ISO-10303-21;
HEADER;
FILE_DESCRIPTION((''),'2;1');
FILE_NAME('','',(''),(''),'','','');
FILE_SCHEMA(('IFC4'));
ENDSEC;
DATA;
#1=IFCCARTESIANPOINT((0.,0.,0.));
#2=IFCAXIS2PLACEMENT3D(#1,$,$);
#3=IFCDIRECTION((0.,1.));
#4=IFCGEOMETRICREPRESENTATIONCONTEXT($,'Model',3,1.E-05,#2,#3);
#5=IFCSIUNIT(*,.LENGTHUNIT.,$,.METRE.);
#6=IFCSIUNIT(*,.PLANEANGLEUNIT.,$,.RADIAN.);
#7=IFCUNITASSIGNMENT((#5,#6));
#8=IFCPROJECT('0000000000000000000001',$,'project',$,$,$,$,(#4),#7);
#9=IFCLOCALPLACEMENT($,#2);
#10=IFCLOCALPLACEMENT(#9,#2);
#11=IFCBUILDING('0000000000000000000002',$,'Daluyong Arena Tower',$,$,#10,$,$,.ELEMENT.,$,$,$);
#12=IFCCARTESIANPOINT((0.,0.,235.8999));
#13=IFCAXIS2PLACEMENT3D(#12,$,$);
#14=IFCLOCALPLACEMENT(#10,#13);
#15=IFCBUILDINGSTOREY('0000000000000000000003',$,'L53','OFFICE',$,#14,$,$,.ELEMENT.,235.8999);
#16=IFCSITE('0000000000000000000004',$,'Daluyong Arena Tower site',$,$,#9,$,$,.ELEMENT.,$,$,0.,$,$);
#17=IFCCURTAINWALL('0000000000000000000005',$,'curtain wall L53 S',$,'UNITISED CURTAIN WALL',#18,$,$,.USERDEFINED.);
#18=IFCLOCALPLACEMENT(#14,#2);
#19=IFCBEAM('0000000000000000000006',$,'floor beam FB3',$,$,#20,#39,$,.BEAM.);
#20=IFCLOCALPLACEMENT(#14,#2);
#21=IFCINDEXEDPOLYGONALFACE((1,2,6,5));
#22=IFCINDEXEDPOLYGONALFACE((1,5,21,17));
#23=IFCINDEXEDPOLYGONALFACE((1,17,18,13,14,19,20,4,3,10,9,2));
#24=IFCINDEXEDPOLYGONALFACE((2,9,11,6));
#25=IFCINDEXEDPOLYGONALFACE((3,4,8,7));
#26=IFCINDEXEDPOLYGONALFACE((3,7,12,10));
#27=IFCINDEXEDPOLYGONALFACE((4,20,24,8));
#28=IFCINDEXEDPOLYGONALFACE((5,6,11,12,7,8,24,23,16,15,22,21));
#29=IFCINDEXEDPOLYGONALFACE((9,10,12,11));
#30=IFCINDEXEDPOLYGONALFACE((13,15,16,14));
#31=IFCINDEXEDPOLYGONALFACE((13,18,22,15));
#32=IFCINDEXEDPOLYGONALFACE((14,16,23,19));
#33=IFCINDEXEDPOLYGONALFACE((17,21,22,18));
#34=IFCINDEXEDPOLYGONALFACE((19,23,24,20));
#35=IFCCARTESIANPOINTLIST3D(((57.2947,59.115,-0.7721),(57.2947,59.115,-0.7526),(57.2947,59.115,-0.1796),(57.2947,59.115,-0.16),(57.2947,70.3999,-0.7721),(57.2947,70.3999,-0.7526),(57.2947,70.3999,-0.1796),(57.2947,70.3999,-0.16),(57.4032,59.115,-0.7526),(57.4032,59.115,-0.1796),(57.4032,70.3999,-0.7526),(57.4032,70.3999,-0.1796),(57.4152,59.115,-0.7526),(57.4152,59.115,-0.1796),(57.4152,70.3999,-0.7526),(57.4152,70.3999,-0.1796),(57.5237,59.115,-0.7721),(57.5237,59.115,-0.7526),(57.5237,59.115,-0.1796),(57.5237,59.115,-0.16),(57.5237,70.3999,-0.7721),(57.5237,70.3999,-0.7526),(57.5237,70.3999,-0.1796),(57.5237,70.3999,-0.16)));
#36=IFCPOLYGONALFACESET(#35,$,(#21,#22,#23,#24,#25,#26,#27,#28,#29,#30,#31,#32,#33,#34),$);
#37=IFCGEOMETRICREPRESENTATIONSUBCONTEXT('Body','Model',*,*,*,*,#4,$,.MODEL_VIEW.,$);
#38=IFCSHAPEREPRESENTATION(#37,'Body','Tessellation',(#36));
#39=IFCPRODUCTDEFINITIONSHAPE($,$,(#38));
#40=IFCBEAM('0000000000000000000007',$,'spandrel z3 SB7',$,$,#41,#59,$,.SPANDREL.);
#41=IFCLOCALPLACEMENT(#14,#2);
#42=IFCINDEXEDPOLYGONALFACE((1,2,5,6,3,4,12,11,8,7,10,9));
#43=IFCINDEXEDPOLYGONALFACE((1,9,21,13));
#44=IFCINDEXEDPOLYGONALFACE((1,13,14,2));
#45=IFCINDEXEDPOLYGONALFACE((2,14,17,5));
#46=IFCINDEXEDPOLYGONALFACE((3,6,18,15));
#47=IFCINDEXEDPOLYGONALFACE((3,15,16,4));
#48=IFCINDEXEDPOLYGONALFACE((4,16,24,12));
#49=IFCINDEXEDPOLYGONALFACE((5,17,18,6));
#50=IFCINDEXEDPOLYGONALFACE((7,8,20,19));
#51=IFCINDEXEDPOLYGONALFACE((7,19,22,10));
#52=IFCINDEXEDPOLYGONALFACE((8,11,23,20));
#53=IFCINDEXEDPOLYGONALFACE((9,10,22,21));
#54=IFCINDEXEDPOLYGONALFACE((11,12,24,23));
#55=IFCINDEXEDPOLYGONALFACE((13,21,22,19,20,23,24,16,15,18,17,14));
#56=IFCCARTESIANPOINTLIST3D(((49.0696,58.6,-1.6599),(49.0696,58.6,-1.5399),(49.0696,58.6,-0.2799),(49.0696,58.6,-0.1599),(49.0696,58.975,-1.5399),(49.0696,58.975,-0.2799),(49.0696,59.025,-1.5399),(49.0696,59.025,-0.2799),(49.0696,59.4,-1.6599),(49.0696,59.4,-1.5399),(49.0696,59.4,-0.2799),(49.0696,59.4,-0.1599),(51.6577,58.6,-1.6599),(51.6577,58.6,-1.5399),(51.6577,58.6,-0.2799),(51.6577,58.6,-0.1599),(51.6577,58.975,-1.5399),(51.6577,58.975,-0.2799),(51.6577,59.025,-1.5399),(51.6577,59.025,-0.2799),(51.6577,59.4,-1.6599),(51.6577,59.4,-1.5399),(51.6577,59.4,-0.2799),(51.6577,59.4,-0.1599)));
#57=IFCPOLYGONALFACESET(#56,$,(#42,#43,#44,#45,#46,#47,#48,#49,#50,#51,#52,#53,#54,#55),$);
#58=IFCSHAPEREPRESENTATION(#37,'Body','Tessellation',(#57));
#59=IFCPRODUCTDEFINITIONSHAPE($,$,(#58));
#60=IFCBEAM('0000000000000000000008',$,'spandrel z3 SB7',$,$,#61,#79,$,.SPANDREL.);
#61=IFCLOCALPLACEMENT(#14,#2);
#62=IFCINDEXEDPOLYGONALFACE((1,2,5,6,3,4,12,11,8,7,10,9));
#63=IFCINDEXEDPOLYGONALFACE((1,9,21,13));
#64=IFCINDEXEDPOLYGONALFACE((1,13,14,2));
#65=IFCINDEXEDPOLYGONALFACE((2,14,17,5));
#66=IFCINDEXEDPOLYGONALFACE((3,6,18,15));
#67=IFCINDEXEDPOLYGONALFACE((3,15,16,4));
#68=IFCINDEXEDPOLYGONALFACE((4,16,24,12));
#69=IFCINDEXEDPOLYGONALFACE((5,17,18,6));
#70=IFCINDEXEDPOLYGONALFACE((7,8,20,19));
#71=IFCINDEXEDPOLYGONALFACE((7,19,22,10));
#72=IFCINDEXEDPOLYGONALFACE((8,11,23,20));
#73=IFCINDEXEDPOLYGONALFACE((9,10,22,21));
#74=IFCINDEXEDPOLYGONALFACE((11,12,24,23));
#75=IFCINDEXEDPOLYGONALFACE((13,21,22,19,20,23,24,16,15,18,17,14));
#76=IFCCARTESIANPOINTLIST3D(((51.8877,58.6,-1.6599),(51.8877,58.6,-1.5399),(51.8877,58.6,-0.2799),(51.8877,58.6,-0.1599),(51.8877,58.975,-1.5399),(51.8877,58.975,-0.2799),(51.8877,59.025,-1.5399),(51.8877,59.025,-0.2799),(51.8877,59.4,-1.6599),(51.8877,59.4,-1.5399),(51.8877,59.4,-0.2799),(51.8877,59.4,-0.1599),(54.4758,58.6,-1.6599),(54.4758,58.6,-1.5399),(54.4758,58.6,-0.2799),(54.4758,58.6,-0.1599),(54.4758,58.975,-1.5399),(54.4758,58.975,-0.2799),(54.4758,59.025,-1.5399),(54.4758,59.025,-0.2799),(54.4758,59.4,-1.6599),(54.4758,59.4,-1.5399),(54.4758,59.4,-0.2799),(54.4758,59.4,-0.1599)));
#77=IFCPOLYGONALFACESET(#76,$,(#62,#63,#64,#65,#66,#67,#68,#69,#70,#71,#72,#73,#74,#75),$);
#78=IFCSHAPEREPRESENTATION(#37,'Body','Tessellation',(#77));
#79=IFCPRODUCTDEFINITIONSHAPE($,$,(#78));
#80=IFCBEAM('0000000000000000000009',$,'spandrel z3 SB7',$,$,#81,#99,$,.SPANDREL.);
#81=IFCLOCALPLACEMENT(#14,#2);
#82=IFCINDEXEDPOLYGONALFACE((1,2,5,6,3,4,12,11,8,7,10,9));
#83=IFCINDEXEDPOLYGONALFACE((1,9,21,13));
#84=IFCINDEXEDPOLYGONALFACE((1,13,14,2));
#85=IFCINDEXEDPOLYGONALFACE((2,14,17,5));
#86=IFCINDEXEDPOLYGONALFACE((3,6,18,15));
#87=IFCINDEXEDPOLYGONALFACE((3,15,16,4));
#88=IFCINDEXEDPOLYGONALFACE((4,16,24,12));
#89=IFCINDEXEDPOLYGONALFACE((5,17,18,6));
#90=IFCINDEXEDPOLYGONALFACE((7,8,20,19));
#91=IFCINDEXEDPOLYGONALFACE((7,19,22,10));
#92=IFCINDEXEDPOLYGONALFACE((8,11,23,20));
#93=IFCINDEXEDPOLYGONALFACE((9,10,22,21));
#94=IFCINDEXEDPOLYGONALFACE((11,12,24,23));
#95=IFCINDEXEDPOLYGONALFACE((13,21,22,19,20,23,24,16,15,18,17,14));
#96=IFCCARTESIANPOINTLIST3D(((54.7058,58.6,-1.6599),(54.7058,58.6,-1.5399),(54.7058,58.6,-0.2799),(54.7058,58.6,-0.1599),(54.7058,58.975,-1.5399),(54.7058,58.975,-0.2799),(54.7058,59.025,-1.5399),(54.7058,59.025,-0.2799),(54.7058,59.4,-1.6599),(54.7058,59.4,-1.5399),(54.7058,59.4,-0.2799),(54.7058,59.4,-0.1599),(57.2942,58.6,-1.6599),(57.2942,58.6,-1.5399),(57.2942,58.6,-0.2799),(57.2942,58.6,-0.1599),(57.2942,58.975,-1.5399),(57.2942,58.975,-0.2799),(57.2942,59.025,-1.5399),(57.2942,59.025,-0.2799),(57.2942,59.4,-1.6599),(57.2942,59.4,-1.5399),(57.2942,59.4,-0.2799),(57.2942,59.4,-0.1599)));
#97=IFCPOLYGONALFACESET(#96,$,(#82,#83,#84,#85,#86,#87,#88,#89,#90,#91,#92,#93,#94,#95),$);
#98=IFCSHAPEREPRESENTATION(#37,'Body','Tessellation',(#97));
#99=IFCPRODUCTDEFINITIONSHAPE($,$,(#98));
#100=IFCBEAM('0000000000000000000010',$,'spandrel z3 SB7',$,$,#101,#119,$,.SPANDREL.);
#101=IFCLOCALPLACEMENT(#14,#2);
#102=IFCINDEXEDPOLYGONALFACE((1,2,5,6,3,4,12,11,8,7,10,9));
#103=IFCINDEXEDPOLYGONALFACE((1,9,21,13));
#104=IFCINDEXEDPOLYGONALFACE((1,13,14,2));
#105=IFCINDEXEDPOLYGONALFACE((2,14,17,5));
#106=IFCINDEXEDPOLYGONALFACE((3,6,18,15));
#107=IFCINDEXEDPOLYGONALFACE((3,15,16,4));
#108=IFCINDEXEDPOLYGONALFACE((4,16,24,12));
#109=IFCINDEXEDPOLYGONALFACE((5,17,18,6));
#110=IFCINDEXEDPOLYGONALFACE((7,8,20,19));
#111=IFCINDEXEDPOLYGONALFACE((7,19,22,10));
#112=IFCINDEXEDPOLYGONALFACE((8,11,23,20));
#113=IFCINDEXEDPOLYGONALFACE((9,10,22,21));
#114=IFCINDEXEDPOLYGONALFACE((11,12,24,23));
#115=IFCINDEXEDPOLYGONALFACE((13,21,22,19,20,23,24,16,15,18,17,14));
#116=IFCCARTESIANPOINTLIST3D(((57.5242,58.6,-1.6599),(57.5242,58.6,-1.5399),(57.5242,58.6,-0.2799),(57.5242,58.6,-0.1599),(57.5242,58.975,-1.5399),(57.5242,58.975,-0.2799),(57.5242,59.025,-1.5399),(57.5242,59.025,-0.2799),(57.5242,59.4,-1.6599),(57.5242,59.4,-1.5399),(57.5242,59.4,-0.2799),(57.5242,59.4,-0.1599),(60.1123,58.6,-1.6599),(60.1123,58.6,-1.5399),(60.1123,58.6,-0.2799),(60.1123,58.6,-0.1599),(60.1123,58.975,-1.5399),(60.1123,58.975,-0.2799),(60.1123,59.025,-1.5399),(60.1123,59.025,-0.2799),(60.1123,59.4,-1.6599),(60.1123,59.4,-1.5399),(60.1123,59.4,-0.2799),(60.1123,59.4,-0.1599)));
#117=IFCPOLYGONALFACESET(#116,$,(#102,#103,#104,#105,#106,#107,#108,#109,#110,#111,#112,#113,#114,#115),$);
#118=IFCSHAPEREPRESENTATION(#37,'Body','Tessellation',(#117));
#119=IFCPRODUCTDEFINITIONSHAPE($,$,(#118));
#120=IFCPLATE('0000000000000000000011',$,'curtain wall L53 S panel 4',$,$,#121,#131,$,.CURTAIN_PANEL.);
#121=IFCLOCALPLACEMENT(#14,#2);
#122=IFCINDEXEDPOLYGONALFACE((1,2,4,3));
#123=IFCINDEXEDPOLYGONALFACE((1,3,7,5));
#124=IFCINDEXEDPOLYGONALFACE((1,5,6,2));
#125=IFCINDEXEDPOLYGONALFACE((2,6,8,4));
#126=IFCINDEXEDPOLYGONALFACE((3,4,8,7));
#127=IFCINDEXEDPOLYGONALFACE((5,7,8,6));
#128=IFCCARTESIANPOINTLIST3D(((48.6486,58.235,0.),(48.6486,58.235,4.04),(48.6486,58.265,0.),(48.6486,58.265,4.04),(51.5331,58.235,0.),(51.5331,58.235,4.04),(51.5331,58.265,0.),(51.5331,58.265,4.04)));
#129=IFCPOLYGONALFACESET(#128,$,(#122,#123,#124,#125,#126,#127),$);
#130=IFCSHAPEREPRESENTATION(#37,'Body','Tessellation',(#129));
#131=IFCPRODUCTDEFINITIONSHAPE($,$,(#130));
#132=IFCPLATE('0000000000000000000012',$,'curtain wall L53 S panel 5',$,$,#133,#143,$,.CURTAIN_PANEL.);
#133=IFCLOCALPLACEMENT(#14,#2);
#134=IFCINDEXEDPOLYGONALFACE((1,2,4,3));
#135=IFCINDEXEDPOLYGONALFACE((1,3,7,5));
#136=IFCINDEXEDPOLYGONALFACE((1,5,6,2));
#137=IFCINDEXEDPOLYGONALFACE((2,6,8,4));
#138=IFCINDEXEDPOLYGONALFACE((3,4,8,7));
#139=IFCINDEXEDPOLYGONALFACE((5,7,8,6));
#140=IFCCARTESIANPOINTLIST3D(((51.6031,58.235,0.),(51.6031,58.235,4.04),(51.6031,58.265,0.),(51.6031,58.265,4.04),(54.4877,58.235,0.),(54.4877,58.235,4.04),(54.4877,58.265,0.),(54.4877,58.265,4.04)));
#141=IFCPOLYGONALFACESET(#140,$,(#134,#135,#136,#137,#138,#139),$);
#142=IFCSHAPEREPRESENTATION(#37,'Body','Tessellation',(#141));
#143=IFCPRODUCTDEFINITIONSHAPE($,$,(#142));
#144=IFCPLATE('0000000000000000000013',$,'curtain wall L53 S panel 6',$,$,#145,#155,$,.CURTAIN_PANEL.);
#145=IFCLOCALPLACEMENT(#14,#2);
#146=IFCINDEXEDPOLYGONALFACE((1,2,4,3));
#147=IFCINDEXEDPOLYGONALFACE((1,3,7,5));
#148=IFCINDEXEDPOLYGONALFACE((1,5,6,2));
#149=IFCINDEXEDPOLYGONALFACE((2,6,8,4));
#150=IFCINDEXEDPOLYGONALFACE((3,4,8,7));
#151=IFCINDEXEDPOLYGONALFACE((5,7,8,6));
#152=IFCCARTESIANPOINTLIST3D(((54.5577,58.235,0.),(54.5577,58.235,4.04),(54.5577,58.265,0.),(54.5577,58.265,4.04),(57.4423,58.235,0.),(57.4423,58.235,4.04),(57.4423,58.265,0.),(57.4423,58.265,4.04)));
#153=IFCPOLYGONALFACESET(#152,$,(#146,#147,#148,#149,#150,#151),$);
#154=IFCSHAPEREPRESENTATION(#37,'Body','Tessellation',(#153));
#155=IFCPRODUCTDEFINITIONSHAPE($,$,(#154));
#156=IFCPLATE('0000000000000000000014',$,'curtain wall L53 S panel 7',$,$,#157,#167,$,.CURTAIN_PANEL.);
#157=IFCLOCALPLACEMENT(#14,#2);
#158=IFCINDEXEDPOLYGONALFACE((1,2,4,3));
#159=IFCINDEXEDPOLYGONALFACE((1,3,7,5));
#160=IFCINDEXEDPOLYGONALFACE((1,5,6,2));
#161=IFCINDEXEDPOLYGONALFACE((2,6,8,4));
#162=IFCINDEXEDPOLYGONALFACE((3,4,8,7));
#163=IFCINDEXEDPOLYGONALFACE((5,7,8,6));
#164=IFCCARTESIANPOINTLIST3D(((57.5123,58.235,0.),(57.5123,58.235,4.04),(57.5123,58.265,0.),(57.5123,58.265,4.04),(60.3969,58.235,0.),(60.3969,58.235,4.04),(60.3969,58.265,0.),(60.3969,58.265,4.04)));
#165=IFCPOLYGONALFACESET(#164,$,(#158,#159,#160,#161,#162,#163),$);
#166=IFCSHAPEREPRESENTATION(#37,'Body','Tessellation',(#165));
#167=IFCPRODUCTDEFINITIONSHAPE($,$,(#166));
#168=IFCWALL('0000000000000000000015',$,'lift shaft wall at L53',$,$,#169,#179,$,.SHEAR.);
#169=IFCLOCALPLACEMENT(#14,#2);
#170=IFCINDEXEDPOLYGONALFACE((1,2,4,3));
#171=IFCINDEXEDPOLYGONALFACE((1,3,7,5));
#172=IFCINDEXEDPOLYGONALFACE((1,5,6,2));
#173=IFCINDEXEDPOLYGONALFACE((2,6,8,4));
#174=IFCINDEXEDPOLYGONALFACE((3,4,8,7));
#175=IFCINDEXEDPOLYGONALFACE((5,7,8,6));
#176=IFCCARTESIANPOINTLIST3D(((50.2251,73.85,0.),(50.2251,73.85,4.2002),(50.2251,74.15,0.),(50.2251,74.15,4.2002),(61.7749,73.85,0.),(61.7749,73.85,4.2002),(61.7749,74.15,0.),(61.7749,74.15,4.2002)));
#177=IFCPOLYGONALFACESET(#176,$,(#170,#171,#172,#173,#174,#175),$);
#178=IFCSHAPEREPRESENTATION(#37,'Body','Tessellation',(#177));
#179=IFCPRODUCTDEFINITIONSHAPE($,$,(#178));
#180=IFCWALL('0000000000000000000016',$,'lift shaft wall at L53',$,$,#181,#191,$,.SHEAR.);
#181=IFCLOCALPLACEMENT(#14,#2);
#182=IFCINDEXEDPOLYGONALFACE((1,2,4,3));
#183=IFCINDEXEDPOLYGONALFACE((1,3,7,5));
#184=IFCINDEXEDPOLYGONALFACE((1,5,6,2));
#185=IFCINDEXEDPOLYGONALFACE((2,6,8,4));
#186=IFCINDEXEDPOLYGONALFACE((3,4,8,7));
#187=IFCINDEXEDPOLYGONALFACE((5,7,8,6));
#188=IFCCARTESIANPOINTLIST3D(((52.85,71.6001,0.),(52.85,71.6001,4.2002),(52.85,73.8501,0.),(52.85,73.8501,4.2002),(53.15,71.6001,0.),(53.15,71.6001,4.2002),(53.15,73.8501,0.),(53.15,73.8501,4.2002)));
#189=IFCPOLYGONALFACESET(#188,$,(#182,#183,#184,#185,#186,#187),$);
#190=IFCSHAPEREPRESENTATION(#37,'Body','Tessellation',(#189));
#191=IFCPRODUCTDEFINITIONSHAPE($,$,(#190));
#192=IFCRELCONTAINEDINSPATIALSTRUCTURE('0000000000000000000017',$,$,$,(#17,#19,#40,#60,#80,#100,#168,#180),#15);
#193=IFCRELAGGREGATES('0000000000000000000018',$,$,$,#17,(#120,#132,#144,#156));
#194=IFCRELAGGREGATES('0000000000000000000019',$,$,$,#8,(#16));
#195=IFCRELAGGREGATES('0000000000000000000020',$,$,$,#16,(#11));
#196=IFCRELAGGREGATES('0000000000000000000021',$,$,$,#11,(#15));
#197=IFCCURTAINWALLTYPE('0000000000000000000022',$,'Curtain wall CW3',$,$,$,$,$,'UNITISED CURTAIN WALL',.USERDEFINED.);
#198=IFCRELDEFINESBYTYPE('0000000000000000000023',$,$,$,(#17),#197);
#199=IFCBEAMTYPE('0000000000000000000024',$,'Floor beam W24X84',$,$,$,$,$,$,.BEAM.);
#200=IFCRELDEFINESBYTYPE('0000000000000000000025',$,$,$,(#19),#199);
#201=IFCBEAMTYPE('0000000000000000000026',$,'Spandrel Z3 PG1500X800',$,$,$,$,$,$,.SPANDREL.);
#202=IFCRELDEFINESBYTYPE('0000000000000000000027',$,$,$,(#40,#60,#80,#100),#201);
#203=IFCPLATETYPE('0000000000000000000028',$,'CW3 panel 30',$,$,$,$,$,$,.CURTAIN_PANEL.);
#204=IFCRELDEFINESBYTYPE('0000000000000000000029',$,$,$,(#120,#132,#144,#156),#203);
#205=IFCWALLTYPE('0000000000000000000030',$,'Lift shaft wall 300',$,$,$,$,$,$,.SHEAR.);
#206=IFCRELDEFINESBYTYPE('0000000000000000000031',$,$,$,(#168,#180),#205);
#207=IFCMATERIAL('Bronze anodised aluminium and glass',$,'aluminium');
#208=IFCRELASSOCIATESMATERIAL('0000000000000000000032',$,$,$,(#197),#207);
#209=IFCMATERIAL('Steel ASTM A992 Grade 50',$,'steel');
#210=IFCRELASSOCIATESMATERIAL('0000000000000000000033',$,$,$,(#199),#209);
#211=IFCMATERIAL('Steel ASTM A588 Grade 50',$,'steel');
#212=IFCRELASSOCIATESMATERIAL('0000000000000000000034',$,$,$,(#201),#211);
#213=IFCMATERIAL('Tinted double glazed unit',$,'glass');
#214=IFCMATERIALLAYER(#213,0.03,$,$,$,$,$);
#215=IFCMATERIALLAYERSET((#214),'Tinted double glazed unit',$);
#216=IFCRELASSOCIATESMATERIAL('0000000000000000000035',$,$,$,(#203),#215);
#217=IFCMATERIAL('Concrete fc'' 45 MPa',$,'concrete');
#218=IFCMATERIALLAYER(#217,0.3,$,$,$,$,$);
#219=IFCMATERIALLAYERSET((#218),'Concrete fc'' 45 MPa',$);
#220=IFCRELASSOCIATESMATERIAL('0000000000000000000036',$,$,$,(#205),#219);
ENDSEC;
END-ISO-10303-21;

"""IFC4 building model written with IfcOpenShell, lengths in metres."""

from ifc_helpers import new_model, si_unit, direction, frame, frame_2d, origin, origin_2d, place, context, subcontext, project, spatial, rectangle, i_section, extrude, material, layer, layer_set, material_profile, profile_set, type_object, element, aggregate, save


model = new_model("IFC4")

# Units and contexts
model_context = context("Model", 3, precision=1e-05, world=origin(), true_north=direction((0.0, 1.0)))
body_context = subcontext(model_context, "Body", "Model", "MODEL_VIEW")
ifc_project = project(units=[si_unit("LENGTHUNIT", "METRE"), si_unit("PLANEANGLEUNIT", "RADIAN")], contexts=[model_context])

# Site, building, storey
site_placement = place(None, origin())
site = spatial("IfcSite", under=ifc_project, at=site_placement, Name="Daluyong Arena Tower site", CompositionType="ELEMENT", RefElevation=0.0)
building_placement = place(site_placement, origin())
building = spatial("IfcBuilding", under=site, at=building_placement, Name="Daluyong Arena Tower", CompositionType="ELEMENT")
storey_placement = place(building_placement, frame((0.0, 0.0, 235.8999)))
storey = spatial("IfcBuildingStorey", under=building, at=storey_placement, Name="L53", Description="OFFICE", CompositionType="ELEMENT", Elevation=235.8999)

# Curtain wall
ifc_material_1 = material(Name="Bronze anodised aluminium and glass", Category="aluminium")
curtain_wall_type = type_object("IfcCurtainWallType", Name="Curtain wall CW3", ElementType="UNITISED CURTAIN WALL", PredefinedType="USERDEFINED", material=ifc_material_1)
curtain_wall_placement = place(storey_placement, origin())
curtain_wall = element("IfcCurtainWall", 1, at=curtain_wall_placement, inside=storey, type_object=curtain_wall_type, Name="curtain wall L53 S", ObjectType="UNITISED CURTAIN WALL", PredefinedType="USERDEFINED")

# Beams
ifc_material_2 = material(Name="Steel ASTM A992 Grade 50", Category="steel")
ifc_material_profile_1 = material_profile(ifc_material_2, i_section(OverallWidth=0.229, OverallDepth=0.6121, WebThickness=0.012, FlangeThickness=0.0195, at=origin_2d()))
ifc_profile_set_1 = profile_set([ifc_material_profile_1], Name="Steel ASTM A992 Grade 50")
beam_type_1 = type_object("IfcBeamType", Name="Floor beam W24X84", PredefinedType="BEAM", material=ifc_profile_set_1)
for number, where, z_axis, x_axis, name in (
    (2, (57.4092, 59.115, -0.4661), (0.0, 1.0, 0.0), (-1.0, 0.0, 0.0), "floor beam FB3"),
):
    element("IfcBeam", number, at=place(storey_placement, frame(where, z_axis=z_axis, x_axis=x_axis)), inside=storey, type_object=beam_type_1, Name=name, PredefinedType="BEAM", context=body_context, shape_type="SweptSolid", body=[
        extrude(i_section(OverallWidth=0.229, OverallDepth=0.6121, WebThickness=0.012, FlangeThickness=0.0195, at=origin_2d()), origin(), (0.0, 0.0, 1.0), 11.2849),
    ])
ifc_material_3 = material(Name="Steel ASTM A588 Grade 50", Category="steel")
ifc_material_profile_2 = material_profile(ifc_material_3, i_section(OverallWidth=0.8, OverallDepth=1.5, WebThickness=0.05, FlangeThickness=0.12, at=origin_2d()))
ifc_profile_set_2 = profile_set([ifc_material_profile_2], Name="Steel ASTM A588 Grade 50")
beam_type_2 = type_object("IfcBeamType", Name="Spandrel Z3 PG1500X800", PredefinedType="SPANDREL", material=ifc_profile_set_2)
for number, where, z_axis, x_axis, name in (
    (3, (49.0696, 59.0, -0.9099), (1.0, 0.0, 0.0), (0.0, 1.0, 0.0), "spandrel z3 SB7"),
    (4, (51.8877, 59.0, -0.9099), (1.0, 0.0, 0.0), (0.0, 1.0, 0.0), "spandrel z3 SB7"),
):
    element("IfcBeam", number, at=place(storey_placement, frame(where, z_axis=z_axis, x_axis=x_axis)), inside=storey, type_object=beam_type_2, Name=name, PredefinedType="SPANDREL", context=body_context, shape_type="SweptSolid", body=[
        extrude(i_section(OverallWidth=0.8, OverallDepth=1.5, WebThickness=0.05, FlangeThickness=0.12, at=origin_2d()), origin(), (0.0, 0.0, 1.0), 2.5881),
    ])
beam_1_placement = place(storey_placement, frame((54.7058, 59.0, -0.9099), z_axis=(1.0, 0.0, 0.0), x_axis=(0.0, 1.0, 0.0)))
element("IfcBeam", 5, at=beam_1_placement, inside=storey, type_object=beam_type_2, Name="spandrel z3 SB7", PredefinedType="SPANDREL", context=body_context, shape_type="SweptSolid", body=[
    extrude(i_section(OverallWidth=0.8, OverallDepth=1.5, WebThickness=0.05, FlangeThickness=0.12, at=origin_2d()), origin(), (0.0, 0.0, 1.0), 2.5884),
])
beam_2_placement = place(storey_placement, frame((57.5242, 59.0, -0.9099), z_axis=(1.0, 0.0, 0.0), x_axis=(0.0, 1.0, 0.0)))
element("IfcBeam", 6, at=beam_2_placement, inside=storey, type_object=beam_type_2, Name="spandrel z3 SB7", PredefinedType="SPANDREL", context=body_context, shape_type="SweptSolid", body=[
    extrude(i_section(OverallWidth=0.8, OverallDepth=1.5, WebThickness=0.05, FlangeThickness=0.12, at=origin_2d()), origin(), (0.0, 0.0, 1.0), 2.5881),
])

# Plates
ifc_material_4 = material(Name="Tinted double glazed unit", Category="glass")
ifc_layer_1 = layer(ifc_material_4, 0.03)
ifc_layer_set_1 = layer_set([ifc_layer_1], Name="Tinted double glazed unit")
plate_type = type_object("IfcPlateType", Name="CW3 panel 30", PredefinedType="CURTAIN_PANEL", material=ifc_layer_set_1)
plate_1_placement = place(storey_placement, frame((50.0908, 58.25, 0.0), z_axis=(0.0, 0.0, 1.0), x_axis=(1.0, 0.0, 0.0)))
plate_1 = element("IfcPlate", 7, at=plate_1_placement, type_object=plate_type, Name="curtain wall L53 S panel 4", PredefinedType="CURTAIN_PANEL", context=body_context, shape_type="SweptSolid", body=[
    extrude(rectangle(XDim=2.8845, YDim=0.03, at=origin_2d()), origin(), (0.0, 0.0, 1.0), 4.04),
])
plate_2_placement = place(storey_placement, frame((53.0454, 58.25, 0.0), z_axis=(0.0, 0.0, 1.0), x_axis=(1.0, 0.0, 0.0)))
plate_2 = element("IfcPlate", 8, at=plate_2_placement, type_object=plate_type, Name="curtain wall L53 S panel 5", PredefinedType="CURTAIN_PANEL", context=body_context, shape_type="SweptSolid", body=[
    extrude(rectangle(XDim=2.8845, YDim=0.03, at=origin_2d()), origin(), (0.0, 0.0, 1.0), 4.04),
])
plate_3_placement = place(storey_placement, frame((56.0, 58.25, 0.0), z_axis=(0.0, 0.0, 1.0), x_axis=(1.0, 0.0, 0.0)))
plate_3 = element("IfcPlate", 9, at=plate_3_placement, type_object=plate_type, Name="curtain wall L53 S panel 6", PredefinedType="CURTAIN_PANEL", context=body_context, shape_type="SweptSolid", body=[
    extrude(rectangle(XDim=2.8845, YDim=0.03, at=origin_2d()), origin(), (0.0, 0.0, 1.0), 4.04),
])
plate_4_placement = place(storey_placement, frame((58.9546, 58.25, 0.0), z_axis=(0.0, 0.0, 1.0), x_axis=(1.0, 0.0, 0.0)))
plate_4 = element("IfcPlate", 10, at=plate_4_placement, type_object=plate_type, Name="curtain wall L53 S panel 7", PredefinedType="CURTAIN_PANEL", context=body_context, shape_type="SweptSolid", body=[
    extrude(rectangle(XDim=2.8845, YDim=0.03, at=origin_2d()), origin(), (0.0, 0.0, 1.0), 4.04),
])
aggregate(curtain_wall, [plate_1, plate_2, plate_3, plate_4])

# Walls
ifc_material_5 = material(Name="Concrete fc' 45 MPa", Category="concrete")
ifc_layer_2 = layer(ifc_material_5, 0.3)
ifc_layer_set_2 = layer_set([ifc_layer_2], Name="Concrete fc' 45 MPa")
wall_type_1 = type_object("IfcWallType", Name="Lift shaft wall 300", PredefinedType="SHEAR", material=ifc_layer_set_2)
wall_1_placement = place(storey_placement, frame((50.2251, 74.0, 0.0), z_axis=(0.0, 0.0, 1.0), x_axis=(1.0, 0.0, 0.0)))
element("IfcWall", 11, at=wall_1_placement, inside=storey, type_object=wall_type_1, Name="lift shaft wall at L53", PredefinedType="SHEAR", context=body_context, shape_type="SweptSolid", body=[
    extrude(rectangle(XDim=11.5498, YDim=0.3, at=frame_2d((5.7749, 0.0))), origin(), (0.0, 0.0, 1.0), 4.2002),
])
wall_2_placement = place(storey_placement, frame((53.0, 71.6001, 0.0), z_axis=(0.0, 0.0, 1.0), x_axis=(0.0, 1.0, 0.0)))
element("IfcWall", 12, at=wall_2_placement, inside=storey, type_object=wall_type_1, Name="lift shaft wall at L53", PredefinedType="SHEAR", context=body_context, shape_type="SweptSolid", body=[
    extrude(rectangle(XDim=2.25, YDim=0.3, at=frame_2d((1.125, 0.0))), origin(), (0.0, 0.0, 1.0), 4.2002),
])

save(model, "model.ifc")
